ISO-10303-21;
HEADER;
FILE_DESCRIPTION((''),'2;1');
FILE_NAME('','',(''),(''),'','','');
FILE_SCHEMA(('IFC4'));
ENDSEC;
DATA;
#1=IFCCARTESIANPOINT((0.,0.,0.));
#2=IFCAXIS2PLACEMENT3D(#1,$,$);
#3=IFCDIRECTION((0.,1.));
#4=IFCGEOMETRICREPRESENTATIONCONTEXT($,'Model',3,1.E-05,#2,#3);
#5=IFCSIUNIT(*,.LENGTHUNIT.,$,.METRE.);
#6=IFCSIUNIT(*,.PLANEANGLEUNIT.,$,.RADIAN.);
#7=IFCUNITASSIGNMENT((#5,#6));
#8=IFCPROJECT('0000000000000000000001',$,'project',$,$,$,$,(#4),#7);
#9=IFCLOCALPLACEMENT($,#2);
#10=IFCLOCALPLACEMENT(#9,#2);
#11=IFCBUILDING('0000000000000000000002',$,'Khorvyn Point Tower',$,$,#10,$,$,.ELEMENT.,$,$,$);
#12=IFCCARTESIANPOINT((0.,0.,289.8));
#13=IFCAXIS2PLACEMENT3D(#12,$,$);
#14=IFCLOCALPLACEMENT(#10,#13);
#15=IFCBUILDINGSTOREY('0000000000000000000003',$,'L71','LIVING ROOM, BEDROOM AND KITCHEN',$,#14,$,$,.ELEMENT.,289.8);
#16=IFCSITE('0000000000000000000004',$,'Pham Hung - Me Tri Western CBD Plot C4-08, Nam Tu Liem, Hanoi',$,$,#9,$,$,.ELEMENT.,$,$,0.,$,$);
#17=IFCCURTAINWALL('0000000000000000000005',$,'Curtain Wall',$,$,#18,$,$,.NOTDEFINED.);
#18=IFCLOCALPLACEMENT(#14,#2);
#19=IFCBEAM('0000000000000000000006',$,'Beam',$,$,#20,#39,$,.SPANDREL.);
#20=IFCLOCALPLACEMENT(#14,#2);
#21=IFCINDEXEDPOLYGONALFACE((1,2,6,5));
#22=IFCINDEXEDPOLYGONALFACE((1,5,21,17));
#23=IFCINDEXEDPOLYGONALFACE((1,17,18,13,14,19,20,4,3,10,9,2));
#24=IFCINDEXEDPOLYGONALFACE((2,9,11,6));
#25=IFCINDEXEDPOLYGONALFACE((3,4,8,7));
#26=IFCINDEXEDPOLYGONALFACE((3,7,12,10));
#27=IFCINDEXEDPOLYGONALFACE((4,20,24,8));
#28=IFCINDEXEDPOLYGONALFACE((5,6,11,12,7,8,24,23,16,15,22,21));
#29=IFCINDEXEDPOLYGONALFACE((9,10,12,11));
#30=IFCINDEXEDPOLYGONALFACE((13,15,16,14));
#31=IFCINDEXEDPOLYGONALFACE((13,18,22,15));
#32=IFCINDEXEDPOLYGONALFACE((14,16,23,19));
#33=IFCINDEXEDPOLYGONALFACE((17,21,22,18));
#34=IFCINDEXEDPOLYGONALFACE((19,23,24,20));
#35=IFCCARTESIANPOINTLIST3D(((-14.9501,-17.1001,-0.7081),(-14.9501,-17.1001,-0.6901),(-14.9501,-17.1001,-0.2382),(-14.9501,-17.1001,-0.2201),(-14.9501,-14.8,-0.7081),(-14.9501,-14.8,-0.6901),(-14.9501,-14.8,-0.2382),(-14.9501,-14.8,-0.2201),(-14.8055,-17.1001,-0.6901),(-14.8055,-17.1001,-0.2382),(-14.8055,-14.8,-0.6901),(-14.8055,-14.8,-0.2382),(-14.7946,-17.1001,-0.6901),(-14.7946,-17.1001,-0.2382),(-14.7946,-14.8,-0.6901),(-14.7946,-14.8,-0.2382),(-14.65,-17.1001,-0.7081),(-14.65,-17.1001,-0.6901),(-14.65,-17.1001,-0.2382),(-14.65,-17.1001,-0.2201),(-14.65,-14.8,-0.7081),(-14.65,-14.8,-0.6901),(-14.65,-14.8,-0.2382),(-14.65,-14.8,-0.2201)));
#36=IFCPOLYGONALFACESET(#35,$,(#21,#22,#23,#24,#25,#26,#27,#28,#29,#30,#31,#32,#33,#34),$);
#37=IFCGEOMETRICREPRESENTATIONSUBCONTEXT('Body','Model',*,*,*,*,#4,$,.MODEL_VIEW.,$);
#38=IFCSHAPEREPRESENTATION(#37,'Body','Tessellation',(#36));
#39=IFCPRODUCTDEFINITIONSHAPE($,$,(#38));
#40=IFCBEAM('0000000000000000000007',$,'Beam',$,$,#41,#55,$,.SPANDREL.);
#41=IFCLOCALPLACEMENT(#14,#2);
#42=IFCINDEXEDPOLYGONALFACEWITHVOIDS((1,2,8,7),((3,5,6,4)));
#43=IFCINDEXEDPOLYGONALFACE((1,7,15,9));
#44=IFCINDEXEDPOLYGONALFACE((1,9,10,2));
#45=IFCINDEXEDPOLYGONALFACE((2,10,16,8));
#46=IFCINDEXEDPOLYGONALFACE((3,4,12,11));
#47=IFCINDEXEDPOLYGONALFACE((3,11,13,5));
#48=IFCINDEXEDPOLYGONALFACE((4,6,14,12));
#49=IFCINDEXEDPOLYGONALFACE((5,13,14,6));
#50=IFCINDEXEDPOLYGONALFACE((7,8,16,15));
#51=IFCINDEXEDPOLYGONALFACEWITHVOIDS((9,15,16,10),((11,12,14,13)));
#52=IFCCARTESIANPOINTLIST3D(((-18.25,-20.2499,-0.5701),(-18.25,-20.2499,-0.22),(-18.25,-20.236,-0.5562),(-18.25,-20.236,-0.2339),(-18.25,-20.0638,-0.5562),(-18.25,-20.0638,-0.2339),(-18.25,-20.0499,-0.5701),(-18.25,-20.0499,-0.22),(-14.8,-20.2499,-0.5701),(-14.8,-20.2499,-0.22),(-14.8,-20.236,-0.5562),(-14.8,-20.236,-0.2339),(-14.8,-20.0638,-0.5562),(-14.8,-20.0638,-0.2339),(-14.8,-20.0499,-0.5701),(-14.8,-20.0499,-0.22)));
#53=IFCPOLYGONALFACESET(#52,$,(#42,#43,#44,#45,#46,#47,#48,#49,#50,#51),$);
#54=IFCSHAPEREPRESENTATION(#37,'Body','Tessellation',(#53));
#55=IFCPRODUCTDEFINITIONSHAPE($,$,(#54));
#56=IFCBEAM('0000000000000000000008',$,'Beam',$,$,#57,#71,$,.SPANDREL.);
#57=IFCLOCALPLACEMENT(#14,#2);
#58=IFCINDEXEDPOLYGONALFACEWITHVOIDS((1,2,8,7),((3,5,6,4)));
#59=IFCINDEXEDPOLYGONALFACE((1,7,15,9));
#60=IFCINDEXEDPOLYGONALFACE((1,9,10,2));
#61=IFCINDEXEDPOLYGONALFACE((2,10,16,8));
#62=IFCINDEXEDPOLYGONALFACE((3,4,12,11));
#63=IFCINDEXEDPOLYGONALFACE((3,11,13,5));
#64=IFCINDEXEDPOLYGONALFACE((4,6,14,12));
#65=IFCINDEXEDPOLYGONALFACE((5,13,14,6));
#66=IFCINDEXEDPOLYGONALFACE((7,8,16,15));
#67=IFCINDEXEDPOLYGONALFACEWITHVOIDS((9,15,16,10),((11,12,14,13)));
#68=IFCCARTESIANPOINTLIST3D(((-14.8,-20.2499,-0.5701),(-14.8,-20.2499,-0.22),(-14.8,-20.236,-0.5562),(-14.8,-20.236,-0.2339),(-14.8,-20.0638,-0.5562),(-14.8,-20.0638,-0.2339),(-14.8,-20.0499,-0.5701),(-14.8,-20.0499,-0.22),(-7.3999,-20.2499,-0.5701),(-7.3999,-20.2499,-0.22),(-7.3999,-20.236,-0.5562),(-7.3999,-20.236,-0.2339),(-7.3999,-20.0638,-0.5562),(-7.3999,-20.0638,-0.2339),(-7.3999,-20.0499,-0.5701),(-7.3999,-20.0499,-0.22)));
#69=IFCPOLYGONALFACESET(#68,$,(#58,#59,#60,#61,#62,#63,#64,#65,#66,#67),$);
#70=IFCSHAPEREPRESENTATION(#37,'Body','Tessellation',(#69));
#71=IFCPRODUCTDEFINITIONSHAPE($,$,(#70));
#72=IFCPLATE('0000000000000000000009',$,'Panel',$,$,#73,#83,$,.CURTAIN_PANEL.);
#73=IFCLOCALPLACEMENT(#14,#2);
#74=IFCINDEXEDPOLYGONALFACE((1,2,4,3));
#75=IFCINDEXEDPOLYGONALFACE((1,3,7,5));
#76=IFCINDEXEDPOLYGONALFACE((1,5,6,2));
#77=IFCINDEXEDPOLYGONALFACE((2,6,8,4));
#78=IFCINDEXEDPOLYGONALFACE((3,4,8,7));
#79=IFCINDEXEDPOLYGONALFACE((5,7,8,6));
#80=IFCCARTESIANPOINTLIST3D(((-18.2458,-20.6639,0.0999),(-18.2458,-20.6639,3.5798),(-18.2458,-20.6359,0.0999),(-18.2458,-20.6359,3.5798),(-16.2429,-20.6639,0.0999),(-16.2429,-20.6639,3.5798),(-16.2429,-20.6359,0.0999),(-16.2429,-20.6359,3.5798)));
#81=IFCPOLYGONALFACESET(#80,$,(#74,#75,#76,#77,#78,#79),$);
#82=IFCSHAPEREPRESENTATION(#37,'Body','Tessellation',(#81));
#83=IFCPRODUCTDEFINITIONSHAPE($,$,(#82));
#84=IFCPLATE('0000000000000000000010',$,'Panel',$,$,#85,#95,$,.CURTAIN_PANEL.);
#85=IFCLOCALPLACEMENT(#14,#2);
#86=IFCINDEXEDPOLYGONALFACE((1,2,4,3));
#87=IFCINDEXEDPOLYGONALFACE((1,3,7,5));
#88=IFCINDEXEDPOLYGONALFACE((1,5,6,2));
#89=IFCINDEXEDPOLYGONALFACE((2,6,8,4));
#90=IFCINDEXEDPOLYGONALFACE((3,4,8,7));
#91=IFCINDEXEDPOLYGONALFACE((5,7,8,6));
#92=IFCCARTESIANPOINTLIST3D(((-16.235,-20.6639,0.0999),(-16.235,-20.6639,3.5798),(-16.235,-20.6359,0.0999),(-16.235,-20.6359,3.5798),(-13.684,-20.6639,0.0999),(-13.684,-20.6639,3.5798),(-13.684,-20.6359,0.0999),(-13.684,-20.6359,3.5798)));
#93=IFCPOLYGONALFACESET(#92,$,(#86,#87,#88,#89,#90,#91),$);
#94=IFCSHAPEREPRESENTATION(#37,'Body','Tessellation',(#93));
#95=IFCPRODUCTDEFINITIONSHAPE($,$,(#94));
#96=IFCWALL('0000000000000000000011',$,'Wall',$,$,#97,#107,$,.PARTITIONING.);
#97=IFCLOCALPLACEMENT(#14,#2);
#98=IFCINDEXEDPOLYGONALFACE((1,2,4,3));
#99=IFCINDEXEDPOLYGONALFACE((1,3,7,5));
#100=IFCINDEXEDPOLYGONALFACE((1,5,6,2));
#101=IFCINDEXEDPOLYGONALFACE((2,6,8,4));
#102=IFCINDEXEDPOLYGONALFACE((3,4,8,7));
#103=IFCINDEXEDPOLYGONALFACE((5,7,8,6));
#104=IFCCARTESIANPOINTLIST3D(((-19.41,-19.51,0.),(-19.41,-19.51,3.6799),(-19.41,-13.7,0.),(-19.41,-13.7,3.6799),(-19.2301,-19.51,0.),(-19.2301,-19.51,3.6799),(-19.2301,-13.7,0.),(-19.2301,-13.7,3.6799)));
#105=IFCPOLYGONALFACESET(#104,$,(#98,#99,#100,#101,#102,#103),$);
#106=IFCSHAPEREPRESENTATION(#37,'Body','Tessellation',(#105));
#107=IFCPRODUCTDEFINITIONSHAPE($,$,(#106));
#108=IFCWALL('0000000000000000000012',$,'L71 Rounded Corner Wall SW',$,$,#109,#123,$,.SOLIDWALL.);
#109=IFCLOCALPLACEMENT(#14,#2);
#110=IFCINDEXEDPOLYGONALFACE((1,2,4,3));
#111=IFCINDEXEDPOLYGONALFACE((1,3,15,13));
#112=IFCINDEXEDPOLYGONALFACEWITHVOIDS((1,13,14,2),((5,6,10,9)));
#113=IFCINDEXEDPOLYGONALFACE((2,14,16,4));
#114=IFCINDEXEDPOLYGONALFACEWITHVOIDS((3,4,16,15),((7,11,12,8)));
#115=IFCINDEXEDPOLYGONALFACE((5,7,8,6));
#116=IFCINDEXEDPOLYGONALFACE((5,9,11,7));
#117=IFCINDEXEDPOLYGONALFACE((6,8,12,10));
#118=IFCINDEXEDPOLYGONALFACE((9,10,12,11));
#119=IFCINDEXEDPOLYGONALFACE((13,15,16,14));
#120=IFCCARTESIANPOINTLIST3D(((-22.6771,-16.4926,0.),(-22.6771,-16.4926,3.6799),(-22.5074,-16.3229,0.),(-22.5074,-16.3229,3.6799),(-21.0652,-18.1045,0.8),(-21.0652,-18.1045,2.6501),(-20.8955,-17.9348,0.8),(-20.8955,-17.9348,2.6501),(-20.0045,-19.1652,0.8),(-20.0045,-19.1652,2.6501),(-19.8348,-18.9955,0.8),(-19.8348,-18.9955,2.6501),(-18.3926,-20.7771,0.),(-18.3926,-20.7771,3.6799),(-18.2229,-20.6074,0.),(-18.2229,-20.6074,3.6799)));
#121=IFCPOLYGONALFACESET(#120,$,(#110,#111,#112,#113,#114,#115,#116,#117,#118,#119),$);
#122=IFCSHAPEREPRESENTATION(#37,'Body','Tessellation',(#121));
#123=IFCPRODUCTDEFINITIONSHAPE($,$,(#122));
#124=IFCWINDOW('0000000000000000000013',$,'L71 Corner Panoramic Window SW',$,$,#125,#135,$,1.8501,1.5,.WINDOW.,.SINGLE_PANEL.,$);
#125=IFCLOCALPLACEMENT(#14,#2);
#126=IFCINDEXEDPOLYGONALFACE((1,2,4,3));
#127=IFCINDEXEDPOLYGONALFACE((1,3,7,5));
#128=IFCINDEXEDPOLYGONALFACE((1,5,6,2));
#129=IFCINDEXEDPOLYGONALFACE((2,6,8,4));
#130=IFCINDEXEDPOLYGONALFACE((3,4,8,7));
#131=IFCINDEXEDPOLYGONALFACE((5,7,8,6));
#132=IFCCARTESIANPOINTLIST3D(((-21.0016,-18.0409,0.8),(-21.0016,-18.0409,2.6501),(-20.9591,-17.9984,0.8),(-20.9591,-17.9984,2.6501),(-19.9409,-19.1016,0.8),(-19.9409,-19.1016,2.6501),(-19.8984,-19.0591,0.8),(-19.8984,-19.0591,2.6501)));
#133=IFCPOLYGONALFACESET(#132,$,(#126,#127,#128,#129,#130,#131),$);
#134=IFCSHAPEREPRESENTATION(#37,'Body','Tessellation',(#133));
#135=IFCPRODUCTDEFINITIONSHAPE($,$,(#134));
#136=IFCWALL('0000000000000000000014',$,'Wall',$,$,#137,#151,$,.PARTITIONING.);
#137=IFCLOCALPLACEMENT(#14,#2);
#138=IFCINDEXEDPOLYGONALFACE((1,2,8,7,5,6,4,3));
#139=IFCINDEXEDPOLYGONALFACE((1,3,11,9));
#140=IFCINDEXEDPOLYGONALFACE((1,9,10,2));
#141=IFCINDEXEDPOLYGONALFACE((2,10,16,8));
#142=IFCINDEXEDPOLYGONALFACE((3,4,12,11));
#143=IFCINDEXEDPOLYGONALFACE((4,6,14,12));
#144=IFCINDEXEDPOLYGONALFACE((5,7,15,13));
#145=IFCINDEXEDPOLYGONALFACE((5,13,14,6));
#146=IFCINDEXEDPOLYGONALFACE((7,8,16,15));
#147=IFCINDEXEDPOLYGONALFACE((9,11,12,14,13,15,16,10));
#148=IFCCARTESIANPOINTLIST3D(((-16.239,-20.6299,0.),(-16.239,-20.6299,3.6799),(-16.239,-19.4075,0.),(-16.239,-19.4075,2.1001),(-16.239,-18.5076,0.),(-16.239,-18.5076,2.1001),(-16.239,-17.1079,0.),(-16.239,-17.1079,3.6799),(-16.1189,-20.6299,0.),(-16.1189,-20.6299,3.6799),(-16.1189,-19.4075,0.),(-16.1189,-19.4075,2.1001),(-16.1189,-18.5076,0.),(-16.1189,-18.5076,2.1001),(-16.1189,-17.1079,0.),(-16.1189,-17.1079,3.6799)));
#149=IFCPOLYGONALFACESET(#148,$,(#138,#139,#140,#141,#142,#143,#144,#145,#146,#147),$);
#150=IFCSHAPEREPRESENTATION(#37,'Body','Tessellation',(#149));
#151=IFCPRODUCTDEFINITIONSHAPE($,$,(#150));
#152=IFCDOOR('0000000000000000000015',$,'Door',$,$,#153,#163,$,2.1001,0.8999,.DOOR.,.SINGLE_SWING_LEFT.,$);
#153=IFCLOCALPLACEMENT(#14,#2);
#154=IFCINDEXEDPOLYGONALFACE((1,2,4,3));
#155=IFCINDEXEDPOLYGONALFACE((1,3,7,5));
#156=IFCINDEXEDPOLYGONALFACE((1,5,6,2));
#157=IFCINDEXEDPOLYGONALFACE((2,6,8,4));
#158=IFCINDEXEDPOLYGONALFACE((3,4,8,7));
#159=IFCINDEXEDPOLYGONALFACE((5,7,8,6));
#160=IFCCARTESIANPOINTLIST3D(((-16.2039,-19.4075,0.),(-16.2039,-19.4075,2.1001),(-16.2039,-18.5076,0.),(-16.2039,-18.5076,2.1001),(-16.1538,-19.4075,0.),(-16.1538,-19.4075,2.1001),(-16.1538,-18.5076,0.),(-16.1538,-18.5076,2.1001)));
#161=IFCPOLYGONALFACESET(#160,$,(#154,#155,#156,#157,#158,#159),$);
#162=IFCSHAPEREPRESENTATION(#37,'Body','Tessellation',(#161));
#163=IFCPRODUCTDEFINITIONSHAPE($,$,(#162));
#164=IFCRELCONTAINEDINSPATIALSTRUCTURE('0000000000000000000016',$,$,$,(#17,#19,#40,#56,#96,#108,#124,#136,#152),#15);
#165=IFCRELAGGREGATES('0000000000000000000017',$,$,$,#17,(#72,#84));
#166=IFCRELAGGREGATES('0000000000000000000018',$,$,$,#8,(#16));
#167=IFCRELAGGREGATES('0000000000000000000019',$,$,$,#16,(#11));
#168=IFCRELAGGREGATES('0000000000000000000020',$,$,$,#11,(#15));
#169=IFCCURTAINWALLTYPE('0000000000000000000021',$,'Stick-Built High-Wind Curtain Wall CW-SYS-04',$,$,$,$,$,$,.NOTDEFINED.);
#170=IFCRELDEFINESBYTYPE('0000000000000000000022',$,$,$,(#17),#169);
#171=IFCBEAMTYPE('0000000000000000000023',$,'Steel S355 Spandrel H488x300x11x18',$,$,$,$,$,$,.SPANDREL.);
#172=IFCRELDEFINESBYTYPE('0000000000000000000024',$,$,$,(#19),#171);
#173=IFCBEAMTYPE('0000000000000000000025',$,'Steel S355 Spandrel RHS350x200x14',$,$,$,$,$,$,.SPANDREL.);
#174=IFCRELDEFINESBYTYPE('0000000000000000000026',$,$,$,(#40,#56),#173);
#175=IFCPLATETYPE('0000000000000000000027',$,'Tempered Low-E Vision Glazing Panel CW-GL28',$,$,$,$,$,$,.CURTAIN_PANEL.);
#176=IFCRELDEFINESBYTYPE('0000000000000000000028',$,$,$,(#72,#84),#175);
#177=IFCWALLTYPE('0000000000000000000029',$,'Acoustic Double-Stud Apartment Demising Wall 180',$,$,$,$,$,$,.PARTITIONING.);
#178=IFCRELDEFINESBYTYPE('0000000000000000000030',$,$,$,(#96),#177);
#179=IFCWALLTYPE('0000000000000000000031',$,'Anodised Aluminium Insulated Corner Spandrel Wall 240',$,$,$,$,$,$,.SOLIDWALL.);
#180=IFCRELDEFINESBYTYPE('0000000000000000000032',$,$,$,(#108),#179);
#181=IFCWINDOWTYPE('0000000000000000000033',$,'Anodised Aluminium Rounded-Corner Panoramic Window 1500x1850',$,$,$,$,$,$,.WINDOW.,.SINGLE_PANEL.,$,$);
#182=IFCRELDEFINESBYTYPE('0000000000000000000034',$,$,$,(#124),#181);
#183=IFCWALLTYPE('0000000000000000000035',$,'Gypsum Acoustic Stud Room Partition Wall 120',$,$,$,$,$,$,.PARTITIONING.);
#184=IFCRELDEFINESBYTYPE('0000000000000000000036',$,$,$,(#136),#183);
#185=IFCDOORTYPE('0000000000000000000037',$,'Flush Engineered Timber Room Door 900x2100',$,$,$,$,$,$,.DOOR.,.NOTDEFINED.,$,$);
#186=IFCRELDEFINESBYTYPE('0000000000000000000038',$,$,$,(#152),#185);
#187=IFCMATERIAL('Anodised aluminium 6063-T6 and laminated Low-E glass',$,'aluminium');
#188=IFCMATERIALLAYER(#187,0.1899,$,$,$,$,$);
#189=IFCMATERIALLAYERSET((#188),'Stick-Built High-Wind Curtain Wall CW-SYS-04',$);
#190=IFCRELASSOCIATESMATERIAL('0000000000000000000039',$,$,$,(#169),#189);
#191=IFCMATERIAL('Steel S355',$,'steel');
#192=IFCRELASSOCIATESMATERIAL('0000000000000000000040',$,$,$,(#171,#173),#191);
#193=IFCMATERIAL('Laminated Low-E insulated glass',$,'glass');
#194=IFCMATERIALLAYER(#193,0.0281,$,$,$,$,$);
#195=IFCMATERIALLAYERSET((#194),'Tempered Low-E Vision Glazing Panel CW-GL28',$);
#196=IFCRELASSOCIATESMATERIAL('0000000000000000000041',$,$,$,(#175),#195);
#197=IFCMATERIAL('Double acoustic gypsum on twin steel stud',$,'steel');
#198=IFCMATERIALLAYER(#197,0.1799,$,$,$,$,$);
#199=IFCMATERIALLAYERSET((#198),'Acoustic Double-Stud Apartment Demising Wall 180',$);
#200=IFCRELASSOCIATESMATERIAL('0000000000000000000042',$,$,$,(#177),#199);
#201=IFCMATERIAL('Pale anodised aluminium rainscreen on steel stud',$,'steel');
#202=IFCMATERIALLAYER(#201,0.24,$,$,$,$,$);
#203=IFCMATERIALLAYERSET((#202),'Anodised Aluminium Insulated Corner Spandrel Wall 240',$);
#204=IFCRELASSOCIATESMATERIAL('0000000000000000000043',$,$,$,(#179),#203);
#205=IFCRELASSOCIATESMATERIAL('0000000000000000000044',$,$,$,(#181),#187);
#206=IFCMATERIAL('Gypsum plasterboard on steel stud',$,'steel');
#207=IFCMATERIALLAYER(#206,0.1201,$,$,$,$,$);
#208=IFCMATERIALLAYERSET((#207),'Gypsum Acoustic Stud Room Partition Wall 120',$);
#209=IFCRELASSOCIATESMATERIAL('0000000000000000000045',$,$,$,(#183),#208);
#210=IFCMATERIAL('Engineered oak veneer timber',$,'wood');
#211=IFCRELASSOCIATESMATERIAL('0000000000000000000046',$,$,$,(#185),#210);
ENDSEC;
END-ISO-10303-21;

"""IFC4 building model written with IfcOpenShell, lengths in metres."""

from ifc_helpers import new_model, si_unit, direction, frame, frame_2d, origin, origin_2d, place, context, subcontext, project, spatial, rectangle, hollow_rectangle, i_section, extrude, material, layer, layer_set, material_profile, profile_set, type_object, element, fill, aggregate, save


model = new_model("IFC4")

# Units and contexts
model_context = context("Model", 3, precision=1e-05, world=origin(), true_north=direction((0.0, 1.0)))
body_context = subcontext(model_context, "Body", "Model", "MODEL_VIEW")
ifc_project = project(units=[si_unit("LENGTHUNIT", "METRE"), si_unit("PLANEANGLEUNIT", "RADIAN")], contexts=[model_context])

# Site, building, storey
site_placement = place(None, origin())
site = spatial("IfcSite", under=ifc_project, at=site_placement, Name="Pham Hung - Me Tri Western CBD Plot C4-08, Nam Tu Liem, Hanoi", CompositionType="ELEMENT", RefElevation=0.0)
building_placement = place(site_placement, origin())
building = spatial("IfcBuilding", under=site, at=building_placement, Name="Khorvyn Point Tower", CompositionType="ELEMENT")
storey_placement = place(building_placement, frame((0.0, 0.0, 289.8)))
storey = spatial("IfcBuildingStorey", under=building, at=storey_placement, Name="L71", Description="LIVING ROOM, BEDROOM AND KITCHEN", CompositionType="ELEMENT", Elevation=289.8)

# Shared definitions
ifc_material_1 = material(Name="Steel S355", Category="steel")

# Curtain wall
ifc_material_2 = material(Name="Anodised aluminium 6063-T6 and laminated Low-E glass", Category="aluminium")
ifc_layer_1 = layer(ifc_material_2, 0.1899)
ifc_layer_set_1 = layer_set([ifc_layer_1], Name="Stick-Built High-Wind Curtain Wall CW-SYS-04")
curtain_wall_type = type_object("IfcCurtainWallType", Name="Stick-Built High-Wind Curtain Wall CW-SYS-04", PredefinedType="NOTDEFINED", material=ifc_layer_set_1)
curtain_wall_1_placement = place(storey_placement, origin())
curtain_wall_1 = element("IfcCurtainWall", 1, at=curtain_wall_1_placement, inside=storey, type_object=curtain_wall_type, Name="Curtain Wall", PredefinedType="NOTDEFINED")

# Beams
ifc_material_profile_1 = material_profile(ifc_material_1, i_section(OverallWidth=0.3, OverallDepth=0.488, WebThickness=0.011, FlangeThickness=0.0181, at=origin_2d()))
ifc_profile_set_1 = profile_set([ifc_material_profile_1], Name="Steel S355 H488x300x11x18")
beam_type_1 = type_object("IfcBeamType", Name="Steel S355 Spandrel H488x300x11x18", PredefinedType="SPANDREL", material=ifc_profile_set_1)
beam_1_placement = place(storey_placement, frame((-14.8, -17.1001, -0.4641), z_axis=(0.0, 1.0, 0.0), x_axis=(-1.0, 0.0, 0.0)))
element("IfcBeam", 2, at=beam_1_placement, inside=storey, type_object=beam_type_1, Name="Beam", PredefinedType="SPANDREL", context=body_context, shape_type="SweptSolid", body=[
    extrude(i_section(OverallWidth=0.3, OverallDepth=0.488, WebThickness=0.011, FlangeThickness=0.0181, at=origin_2d()), origin(), (0.0, 0.0, 1.0), 2.3),
])
ifc_material_profile_2 = material_profile(ifc_material_1, hollow_rectangle(XDim=0.2, YDim=0.3501, WallThickness=0.0139, at=origin_2d()))
ifc_profile_set_2 = profile_set([ifc_material_profile_2], Name="Steel S355 RHS350x200x14")
beam_type_2 = type_object("IfcBeamType", Name="Steel S355 Spandrel RHS350x200x14", PredefinedType="SPANDREL", material=ifc_profile_set_2)
beam_2_placement = place(storey_placement, frame((-18.25, -20.1499, -0.395), z_axis=(1.0, 0.0, 0.0), x_axis=(0.0, 1.0, 0.0)))
element("IfcBeam", 3, at=beam_2_placement, inside=storey, type_object=beam_type_2, Name="Beam", PredefinedType="SPANDREL", context=body_context, shape_type="SweptSolid", body=[
    extrude(hollow_rectangle(XDim=0.2, YDim=0.3501, WallThickness=0.0139, at=origin_2d()), origin(), (0.0, 0.0, 1.0), 3.45),
])
beam_3_placement = place(storey_placement, frame((-14.8, -20.1499, -0.395), z_axis=(1.0, 0.0, 0.0), x_axis=(0.0, 1.0, 0.0)))
element("IfcBeam", 4, at=beam_3_placement, inside=storey, type_object=beam_type_2, Name="Beam", PredefinedType="SPANDREL", context=body_context, shape_type="SweptSolid", body=[
    extrude(hollow_rectangle(XDim=0.2, YDim=0.3501, WallThickness=0.0139, at=origin_2d()), origin(), (0.0, 0.0, 1.0), 7.4001),
])

# Plates
ifc_material_3 = material(Name="Laminated Low-E insulated glass", Category="glass")
ifc_layer_2 = layer(ifc_material_3, 0.0281)
ifc_layer_set_2 = layer_set([ifc_layer_2], Name="Tempered Low-E Vision Glazing Panel CW-GL28")
plate_type = type_object("IfcPlateType", Name="Tempered Low-E Vision Glazing Panel CW-GL28", PredefinedType="CURTAIN_PANEL", material=ifc_layer_set_2)
plate_1_placement = place(storey_placement, frame((-17.2444, -20.6499, 0.0999), z_axis=(0.0, 0.0, 1.0), x_axis=(-1.0, 0.0, 0.0)))
plate_1 = element("IfcPlate", 5, at=plate_1_placement, type_object=plate_type, Name="Panel", PredefinedType="CURTAIN_PANEL", context=body_context, shape_type="SweptSolid", body=[
    extrude(rectangle(XDim=2.0029, YDim=0.0281, at=origin_2d()), origin(), (0.0, 0.0, 1.0), 3.48),
])
plate_2_placement = place(storey_placement, frame((-14.9595, -20.6499, 0.0999), z_axis=(0.0, 0.0, 1.0), x_axis=(-1.0, 0.0, 0.0)))
plate_2 = element("IfcPlate", 6, at=plate_2_placement, type_object=plate_type, Name="Panel", PredefinedType="CURTAIN_PANEL", context=body_context, shape_type="SweptSolid", body=[
    extrude(rectangle(XDim=2.551, YDim=0.0281, at=origin_2d()), origin(), (0.0, 0.0, 1.0), 3.48),
])
aggregate(curtain_wall_1, [plate_1, plate_2])

# Wall
ifc_material_4 = material(Name="Double acoustic gypsum on twin steel stud", Category="steel")
ifc_layer_3 = layer(ifc_material_4, 0.1799)
ifc_layer_set_3 = layer_set([ifc_layer_3], Name="Acoustic Double-Stud Apartment Demising Wall 180")
wall_type_1 = type_object("IfcWallType", Name="Acoustic Double-Stud Apartment Demising Wall 180", PredefinedType="PARTITIONING", material=ifc_layer_set_3)
wall_1_placement = place(storey_placement, frame((-19.3201, -19.51, 0.0), z_axis=(0.0, 0.0, 1.0), x_axis=(0.0, 1.0, 0.0)))
element("IfcWall", 7, at=wall_1_placement, inside=storey, type_object=wall_type_1, Name="Wall", PredefinedType="PARTITIONING", context=body_context, shape_type="SweptSolid", body=[
    extrude(rectangle(XDim=5.8101, YDim=0.1799, at=frame_2d((2.905, 0.0))), origin(), (0.0, 0.0, 1.0), 3.6799),
])

# Wall, opening, window
ifc_material_5 = material(Name="Pale anodised aluminium rainscreen on steel stud", Category="steel")
ifc_layer_4 = layer(ifc_material_5, 0.24)
ifc_layer_set_4 = layer_set([ifc_layer_4], Name="Anodised Aluminium Insulated Corner Spandrel Wall 240")
wall_type_2 = type_object("IfcWallType", Name="Anodised Aluminium Insulated Corner Spandrel Wall 240", PredefinedType="SOLIDWALL", material=ifc_layer_set_4)
wall_2_placement = place(storey_placement, frame((-18.3076, -20.6924, 0.0), z_axis=(0.0, 0.0, 1.0), x_axis=(-0.707107, 0.707107, 0.0)))
wall_2 = element("IfcWall", 8, at=wall_2_placement, inside=storey, type_object=wall_type_2, Name="L71 Rounded Corner Wall SW", PredefinedType="SOLIDWALL", context=body_context, shape_type="SweptSolid", body=[
    extrude(rectangle(XDim=6.0593, YDim=0.24, at=frame_2d((3.0298, 0.0))), origin(), (0.0, 0.0, 1.0), 3.6799),
])
opening_1_placement = place(wall_2_placement, frame((2.2798, 0.0, 0.8)))
opening_1 = element("IfcOpeningElement", 9, at=opening_1_placement, cuts=wall_2, PredefinedType="OPENING", context=body_context, shape_type="SweptSolid", body=[
    extrude(rectangle(XDim=1.5, YDim=1.8501, at=frame_2d((0.75, 0.925))), frame((0.0, 0.1299, 0.0), z_axis=(0.0, -1.0, 0.0), x_axis=(1.0, 0.0, 0.0)), (0.0, 0.0, 1.0), 0.26),
])
window_type = type_object("IfcWindowType", Name="Anodised Aluminium Rounded-Corner Panoramic Window 1500x1850", PartitioningType="SINGLE_PANEL", PredefinedType="WINDOW", material=ifc_material_2)
window_placement = place(opening_1_placement, origin())
window = element("IfcWindow", 10, at=window_placement, inside=storey, type_object=window_type, Name="L71 Corner Panoramic Window SW", OverallHeight=1.8501, OverallWidth=1.5, PartitioningType="SINGLE_PANEL", PredefinedType="WINDOW", context=body_context, shape_type="SweptSolid", body=[
    extrude(rectangle(XDim=1.5, YDim=1.8501, at=frame_2d((0.75, 0.925))), frame((0.0, 0.03, 0.0), z_axis=(0.0, -1.0, 0.0), x_axis=(1.0, 0.0, 0.0)), (0.0, 0.0, 1.0), 0.0601),
])
fill(opening_1, window)

# Wall, opening, door
ifc_material_6 = material(Name="Gypsum plasterboard on steel stud", Category="steel")
ifc_layer_5 = layer(ifc_material_6, 0.1201)
ifc_layer_set_5 = layer_set([ifc_layer_5], Name="Gypsum Acoustic Stud Room Partition Wall 120")
wall_type_3 = type_object("IfcWallType", Name="Gypsum Acoustic Stud Room Partition Wall 120", PredefinedType="PARTITIONING", material=ifc_layer_set_5)
wall_3_placement = place(storey_placement, frame((-16.179, -20.6299, 0.0), z_axis=(0.0, 0.0, 1.0), x_axis=(0.0, 1.0, 0.0)))
wall_3 = element("IfcWall", 11, at=wall_3_placement, inside=storey, type_object=wall_type_3, Name="Wall", PredefinedType="PARTITIONING", context=body_context, shape_type="SweptSolid", body=[
    extrude(rectangle(XDim=3.522, YDim=0.1201, at=frame_2d((1.761, 0.0))), origin(), (0.0, 0.0, 1.0), 3.6799),
])
opening_2_placement = place(wall_3_placement, frame((1.2224, 0.0, 0.0)))
opening_2 = element("IfcOpeningElement", 12, at=opening_2_placement, cuts=wall_3, PredefinedType="OPENING", context=body_context, shape_type="SweptSolid", body=[
    extrude(rectangle(XDim=0.8999, YDim=2.1001, at=frame_2d((0.45, 1.05))), frame((0.0, 0.0701, 0.0), z_axis=(0.0, -1.0, 0.0), x_axis=(1.0, 0.0, 0.0)), (0.0, 0.0, 1.0), 0.1401),
])
ifc_material_7 = material(Name="Engineered oak veneer timber", Category="wood")
door_type_1 = type_object("IfcDoorType", Name="Flush Engineered Timber Room Door 900x2100", OperationType="NOTDEFINED", PredefinedType="DOOR", material=ifc_material_7)
door_1_placement = place(opening_2_placement, origin())
door_1 = element("IfcDoor", 13, at=door_1_placement, inside=storey, type_object=door_type_1, Name="Door", OperationType="SINGLE_SWING_LEFT", OverallHeight=2.1001, OverallWidth=0.8999, PredefinedType="DOOR", context=body_context, shape_type="SweptSolid", body=[
    extrude(rectangle(XDim=0.8999, YDim=2.1001, at=frame_2d((0.45, 1.05))), frame((0.0, 0.0249, 0.0), z_axis=(0.0, -1.0, 0.0), x_axis=(1.0, 0.0, 0.0)), (0.0, 0.0, 1.0), 0.05),
])
fill(opening_2, door_1)

save(model, "model.ifc")
